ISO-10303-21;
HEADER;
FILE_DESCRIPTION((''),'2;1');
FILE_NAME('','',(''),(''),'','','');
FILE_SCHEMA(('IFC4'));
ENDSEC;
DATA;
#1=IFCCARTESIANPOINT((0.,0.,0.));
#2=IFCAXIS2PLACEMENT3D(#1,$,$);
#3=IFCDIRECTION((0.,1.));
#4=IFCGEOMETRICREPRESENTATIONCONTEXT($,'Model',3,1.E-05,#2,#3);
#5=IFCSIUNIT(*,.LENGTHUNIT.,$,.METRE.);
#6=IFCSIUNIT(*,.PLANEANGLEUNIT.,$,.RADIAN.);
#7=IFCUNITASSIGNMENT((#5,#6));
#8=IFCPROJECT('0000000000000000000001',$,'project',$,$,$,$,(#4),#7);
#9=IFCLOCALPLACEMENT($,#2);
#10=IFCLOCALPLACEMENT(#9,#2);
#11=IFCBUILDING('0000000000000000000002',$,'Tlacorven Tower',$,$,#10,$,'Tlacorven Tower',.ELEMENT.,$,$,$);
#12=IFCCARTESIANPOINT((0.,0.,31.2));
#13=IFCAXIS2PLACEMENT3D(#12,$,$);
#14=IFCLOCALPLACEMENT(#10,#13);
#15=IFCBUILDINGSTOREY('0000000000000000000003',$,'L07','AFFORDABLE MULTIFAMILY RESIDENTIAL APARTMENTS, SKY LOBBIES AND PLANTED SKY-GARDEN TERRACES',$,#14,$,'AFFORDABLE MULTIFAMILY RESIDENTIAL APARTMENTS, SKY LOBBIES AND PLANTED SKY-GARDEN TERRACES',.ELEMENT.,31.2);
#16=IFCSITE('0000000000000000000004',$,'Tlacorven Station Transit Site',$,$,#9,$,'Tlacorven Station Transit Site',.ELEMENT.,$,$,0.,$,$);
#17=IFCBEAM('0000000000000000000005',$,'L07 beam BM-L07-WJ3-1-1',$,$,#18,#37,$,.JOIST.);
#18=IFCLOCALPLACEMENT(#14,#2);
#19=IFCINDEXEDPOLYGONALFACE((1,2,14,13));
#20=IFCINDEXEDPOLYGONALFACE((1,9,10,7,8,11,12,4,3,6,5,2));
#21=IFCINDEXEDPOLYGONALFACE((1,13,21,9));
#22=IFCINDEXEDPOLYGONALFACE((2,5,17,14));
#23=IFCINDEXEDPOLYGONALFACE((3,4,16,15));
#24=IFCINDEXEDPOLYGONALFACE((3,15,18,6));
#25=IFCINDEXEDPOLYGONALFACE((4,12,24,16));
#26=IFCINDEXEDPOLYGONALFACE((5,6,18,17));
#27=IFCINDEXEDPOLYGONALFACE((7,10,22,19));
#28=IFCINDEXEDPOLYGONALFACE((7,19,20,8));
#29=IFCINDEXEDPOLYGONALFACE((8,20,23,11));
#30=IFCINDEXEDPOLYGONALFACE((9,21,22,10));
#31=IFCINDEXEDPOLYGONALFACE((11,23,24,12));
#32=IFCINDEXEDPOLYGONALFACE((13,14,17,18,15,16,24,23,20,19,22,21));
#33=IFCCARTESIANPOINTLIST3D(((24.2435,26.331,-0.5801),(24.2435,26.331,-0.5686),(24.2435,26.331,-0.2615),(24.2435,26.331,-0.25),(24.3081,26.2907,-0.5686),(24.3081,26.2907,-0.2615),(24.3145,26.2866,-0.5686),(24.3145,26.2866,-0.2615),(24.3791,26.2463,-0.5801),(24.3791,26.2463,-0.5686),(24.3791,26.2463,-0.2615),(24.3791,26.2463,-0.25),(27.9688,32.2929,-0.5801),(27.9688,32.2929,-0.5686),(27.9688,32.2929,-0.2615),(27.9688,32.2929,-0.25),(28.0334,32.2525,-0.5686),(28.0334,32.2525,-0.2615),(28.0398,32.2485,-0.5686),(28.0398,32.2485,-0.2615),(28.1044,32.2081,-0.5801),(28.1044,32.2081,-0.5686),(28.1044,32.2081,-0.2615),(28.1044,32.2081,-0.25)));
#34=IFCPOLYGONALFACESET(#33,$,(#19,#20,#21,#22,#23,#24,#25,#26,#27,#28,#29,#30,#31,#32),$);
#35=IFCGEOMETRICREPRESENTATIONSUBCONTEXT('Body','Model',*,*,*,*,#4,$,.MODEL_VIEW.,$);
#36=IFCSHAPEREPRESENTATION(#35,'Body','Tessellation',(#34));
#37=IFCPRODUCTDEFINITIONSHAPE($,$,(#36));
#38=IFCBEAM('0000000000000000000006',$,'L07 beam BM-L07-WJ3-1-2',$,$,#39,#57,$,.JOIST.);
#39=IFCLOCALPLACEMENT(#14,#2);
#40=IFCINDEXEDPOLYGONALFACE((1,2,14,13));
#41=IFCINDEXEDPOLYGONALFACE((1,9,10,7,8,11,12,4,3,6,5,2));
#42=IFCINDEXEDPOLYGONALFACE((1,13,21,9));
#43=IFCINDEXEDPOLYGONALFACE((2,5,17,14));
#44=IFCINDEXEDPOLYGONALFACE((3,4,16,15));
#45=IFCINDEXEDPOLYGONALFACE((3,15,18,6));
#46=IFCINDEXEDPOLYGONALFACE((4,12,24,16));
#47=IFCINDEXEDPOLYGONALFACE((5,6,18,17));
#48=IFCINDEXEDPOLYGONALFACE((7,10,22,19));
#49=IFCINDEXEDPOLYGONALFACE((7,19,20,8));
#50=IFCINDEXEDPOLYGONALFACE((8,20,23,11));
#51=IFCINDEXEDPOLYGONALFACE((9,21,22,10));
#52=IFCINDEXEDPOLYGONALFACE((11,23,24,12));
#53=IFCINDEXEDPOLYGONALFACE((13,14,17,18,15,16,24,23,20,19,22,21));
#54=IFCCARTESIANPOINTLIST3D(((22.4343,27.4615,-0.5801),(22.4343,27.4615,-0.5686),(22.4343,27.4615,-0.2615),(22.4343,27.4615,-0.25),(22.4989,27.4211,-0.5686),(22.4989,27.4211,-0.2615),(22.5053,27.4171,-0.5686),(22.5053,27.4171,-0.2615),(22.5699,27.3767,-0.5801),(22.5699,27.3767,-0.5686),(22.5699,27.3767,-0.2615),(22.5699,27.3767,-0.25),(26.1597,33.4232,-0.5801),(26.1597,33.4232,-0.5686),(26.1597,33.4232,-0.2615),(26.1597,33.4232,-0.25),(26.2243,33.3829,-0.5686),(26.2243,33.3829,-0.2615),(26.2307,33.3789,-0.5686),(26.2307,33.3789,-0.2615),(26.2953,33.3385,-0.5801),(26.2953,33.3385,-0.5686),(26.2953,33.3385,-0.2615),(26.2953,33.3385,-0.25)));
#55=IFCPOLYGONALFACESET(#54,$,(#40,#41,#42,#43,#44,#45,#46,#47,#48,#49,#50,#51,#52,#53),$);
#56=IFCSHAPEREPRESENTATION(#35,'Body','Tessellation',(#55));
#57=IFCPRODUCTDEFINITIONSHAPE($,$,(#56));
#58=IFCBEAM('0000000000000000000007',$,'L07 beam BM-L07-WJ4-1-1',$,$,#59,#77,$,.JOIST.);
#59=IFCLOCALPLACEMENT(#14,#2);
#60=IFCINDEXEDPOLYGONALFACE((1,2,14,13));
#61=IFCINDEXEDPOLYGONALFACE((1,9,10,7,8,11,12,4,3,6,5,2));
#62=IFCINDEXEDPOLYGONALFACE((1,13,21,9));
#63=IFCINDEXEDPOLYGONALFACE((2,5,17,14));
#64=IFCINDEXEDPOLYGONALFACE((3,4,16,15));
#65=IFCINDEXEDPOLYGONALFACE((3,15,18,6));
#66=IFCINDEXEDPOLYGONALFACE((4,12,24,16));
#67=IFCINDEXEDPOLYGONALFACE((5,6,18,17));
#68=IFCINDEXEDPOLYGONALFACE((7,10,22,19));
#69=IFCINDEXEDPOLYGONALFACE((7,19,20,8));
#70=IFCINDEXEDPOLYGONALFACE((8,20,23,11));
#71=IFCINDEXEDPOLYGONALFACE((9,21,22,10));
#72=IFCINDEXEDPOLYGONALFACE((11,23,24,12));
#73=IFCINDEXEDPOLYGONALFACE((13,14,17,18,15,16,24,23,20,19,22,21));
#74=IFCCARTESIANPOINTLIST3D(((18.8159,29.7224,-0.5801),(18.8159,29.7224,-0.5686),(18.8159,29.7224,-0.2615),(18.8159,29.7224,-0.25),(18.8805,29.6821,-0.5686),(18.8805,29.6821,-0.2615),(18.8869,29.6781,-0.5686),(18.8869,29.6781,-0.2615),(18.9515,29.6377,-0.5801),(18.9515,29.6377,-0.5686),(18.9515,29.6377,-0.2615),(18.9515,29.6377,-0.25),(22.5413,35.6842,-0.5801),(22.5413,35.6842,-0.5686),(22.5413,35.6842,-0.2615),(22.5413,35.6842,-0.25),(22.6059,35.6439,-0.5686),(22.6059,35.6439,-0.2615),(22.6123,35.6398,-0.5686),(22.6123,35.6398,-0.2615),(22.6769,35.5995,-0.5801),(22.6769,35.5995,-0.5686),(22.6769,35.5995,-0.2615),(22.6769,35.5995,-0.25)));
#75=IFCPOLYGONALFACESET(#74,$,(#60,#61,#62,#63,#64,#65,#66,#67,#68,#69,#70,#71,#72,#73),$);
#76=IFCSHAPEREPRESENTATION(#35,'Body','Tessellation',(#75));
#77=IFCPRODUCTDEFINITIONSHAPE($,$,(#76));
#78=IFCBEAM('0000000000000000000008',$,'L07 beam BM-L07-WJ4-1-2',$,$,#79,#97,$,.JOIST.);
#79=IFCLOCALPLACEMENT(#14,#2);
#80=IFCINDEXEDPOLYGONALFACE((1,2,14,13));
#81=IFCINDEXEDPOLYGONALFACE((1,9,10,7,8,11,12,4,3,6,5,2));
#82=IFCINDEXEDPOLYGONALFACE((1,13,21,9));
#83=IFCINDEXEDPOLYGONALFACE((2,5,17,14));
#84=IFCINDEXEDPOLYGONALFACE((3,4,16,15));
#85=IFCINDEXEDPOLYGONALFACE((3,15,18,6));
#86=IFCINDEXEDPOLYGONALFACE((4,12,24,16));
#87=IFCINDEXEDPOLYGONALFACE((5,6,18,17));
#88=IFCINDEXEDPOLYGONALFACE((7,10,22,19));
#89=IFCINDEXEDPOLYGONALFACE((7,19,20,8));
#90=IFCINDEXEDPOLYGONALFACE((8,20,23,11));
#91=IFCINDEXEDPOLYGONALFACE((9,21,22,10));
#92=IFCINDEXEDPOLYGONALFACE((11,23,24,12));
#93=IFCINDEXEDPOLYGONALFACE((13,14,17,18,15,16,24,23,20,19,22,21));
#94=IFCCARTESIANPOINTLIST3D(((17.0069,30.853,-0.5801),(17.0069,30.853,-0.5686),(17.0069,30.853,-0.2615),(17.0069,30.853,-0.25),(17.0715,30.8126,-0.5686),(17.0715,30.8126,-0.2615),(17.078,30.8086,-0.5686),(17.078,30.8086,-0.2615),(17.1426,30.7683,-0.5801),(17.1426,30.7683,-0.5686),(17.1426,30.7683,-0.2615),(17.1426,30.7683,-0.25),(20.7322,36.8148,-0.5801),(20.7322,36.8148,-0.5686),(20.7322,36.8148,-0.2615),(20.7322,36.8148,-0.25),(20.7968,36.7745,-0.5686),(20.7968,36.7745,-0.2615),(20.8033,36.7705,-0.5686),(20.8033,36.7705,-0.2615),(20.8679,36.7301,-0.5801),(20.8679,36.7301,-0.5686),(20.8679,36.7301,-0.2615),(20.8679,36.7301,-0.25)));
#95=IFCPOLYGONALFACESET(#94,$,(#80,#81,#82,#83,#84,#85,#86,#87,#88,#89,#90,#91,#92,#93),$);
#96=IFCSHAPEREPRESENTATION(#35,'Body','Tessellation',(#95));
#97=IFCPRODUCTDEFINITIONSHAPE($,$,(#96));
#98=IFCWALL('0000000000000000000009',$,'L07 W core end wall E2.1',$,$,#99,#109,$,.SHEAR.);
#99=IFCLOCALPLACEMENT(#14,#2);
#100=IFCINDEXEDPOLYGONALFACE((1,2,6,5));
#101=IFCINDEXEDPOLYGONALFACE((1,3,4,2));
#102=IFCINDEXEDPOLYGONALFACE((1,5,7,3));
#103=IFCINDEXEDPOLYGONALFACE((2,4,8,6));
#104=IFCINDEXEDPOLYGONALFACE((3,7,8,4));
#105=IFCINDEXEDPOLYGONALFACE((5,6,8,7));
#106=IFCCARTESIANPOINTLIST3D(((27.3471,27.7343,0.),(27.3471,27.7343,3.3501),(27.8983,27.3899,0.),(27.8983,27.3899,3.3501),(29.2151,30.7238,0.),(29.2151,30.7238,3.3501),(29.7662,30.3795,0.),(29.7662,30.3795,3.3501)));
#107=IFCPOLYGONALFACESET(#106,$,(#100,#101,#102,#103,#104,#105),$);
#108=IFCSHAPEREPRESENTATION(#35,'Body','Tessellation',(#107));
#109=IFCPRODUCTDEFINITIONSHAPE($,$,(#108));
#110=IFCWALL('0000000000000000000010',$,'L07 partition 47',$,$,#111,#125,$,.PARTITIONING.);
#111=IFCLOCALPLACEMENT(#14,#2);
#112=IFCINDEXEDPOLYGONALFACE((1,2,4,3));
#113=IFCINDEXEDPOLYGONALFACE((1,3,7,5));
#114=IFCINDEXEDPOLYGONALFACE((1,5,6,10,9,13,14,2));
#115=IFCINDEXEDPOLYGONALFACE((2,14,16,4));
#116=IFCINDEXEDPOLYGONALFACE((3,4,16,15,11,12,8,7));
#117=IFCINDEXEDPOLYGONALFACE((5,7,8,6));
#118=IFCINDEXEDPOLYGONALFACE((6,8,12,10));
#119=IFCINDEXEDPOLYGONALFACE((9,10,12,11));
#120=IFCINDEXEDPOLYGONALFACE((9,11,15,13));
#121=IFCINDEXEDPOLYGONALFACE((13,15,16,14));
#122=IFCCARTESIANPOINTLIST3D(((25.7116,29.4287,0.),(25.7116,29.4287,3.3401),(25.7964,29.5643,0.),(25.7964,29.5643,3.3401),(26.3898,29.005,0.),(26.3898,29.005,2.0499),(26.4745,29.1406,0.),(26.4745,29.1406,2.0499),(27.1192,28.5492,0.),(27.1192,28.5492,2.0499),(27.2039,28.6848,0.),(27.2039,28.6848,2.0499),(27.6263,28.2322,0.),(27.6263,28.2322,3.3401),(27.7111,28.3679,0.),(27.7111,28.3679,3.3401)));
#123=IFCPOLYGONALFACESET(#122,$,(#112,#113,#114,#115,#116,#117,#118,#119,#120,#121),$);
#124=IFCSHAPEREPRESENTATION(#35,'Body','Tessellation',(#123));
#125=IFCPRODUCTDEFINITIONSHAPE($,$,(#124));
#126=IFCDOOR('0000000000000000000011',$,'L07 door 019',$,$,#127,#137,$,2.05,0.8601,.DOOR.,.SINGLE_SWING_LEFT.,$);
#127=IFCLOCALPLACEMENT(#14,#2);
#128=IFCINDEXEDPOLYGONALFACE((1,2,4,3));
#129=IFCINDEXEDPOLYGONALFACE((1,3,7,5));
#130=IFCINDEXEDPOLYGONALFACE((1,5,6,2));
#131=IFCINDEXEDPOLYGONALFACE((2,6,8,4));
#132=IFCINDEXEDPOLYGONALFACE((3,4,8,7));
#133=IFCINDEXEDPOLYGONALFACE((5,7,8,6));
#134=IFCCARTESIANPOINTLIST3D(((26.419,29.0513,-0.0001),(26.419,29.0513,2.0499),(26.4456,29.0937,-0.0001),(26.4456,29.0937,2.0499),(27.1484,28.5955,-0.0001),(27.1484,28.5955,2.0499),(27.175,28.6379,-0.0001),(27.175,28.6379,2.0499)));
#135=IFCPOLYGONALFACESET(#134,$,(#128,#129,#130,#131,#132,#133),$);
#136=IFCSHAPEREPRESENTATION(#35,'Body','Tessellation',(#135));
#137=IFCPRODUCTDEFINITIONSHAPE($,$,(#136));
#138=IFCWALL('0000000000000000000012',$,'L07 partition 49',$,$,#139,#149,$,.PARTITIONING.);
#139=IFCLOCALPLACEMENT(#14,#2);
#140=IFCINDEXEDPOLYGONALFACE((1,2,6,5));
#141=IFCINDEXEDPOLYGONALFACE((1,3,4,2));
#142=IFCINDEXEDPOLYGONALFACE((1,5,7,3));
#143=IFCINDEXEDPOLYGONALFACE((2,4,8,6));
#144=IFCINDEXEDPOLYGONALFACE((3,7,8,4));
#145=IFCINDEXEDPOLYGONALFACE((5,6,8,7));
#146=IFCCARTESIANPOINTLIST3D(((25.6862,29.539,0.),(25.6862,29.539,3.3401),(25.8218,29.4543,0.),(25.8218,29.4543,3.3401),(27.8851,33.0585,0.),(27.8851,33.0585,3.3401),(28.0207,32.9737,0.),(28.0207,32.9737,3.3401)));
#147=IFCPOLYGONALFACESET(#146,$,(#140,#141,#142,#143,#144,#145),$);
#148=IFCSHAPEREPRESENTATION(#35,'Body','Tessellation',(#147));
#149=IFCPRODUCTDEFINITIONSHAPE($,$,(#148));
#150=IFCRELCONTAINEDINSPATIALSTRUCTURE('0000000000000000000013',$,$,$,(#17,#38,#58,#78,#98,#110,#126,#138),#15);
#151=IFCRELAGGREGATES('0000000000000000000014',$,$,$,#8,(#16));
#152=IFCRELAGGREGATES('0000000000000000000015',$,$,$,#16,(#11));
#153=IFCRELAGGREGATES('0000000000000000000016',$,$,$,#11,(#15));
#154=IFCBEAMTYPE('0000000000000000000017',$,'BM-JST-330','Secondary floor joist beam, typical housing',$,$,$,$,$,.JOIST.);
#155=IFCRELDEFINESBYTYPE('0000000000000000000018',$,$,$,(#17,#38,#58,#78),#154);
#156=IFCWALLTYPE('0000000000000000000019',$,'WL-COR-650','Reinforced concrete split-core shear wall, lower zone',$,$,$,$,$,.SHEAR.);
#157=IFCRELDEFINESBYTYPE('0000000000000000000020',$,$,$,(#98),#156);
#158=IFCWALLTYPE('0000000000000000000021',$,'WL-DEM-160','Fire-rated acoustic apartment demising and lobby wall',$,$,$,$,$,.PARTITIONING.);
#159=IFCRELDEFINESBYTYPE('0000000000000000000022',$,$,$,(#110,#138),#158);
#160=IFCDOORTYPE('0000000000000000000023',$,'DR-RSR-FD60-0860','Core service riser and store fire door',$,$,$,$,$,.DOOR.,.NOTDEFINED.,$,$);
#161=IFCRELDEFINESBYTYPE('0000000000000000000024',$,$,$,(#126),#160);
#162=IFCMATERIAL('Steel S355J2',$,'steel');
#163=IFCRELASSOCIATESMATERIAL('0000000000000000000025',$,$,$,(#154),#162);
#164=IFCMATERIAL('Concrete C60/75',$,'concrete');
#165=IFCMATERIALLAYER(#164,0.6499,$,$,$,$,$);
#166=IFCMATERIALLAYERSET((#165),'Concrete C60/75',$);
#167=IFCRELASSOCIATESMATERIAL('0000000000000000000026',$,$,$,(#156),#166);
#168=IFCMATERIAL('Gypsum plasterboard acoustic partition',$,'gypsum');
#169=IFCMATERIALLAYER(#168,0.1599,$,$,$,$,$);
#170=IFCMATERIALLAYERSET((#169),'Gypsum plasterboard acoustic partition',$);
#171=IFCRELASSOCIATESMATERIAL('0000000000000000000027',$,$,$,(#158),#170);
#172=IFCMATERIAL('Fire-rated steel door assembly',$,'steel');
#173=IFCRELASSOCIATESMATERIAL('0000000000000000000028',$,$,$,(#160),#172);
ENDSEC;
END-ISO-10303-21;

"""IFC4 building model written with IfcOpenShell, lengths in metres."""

from ifc_helpers import new_model, si_unit, direction, frame, frame_2d, origin, origin_2d, place, context, subcontext, project, spatial, rectangle, i_section, extrude, source, transform, mapped, material, layer, layer_set, material_profile, profile_set, type_object, element, fill, save


model = new_model("IFC4")

# Units and contexts
model_context = context("Model", 3, precision=1e-05, world=origin(), true_north=direction((0.0, 1.0)))
body_context = subcontext(model_context, "Body", "Model", "MODEL_VIEW")
ifc_project = project(units=[si_unit("LENGTHUNIT", "METRE"), si_unit("PLANEANGLEUNIT", "RADIAN")], contexts=[model_context])

# Site, building, storey
site_placement = place(None, origin())
site = spatial("IfcSite", under=ifc_project, at=site_placement, Name="Tlacorven Station Transit Site", LongName="Tlacorven Station Transit Site", CompositionType="ELEMENT", RefElevation=0.0)
building_placement = place(site_placement, origin())
building = spatial("IfcBuilding", under=site, at=building_placement, Name="Tlacorven Tower", LongName="Tlacorven Tower", CompositionType="ELEMENT")
storey_placement = place(building_placement, frame((0.0, 0.0, 31.2)))
storey = spatial("IfcBuildingStorey", under=building, at=storey_placement, Name="L07", Description="AFFORDABLE MULTIFAMILY RESIDENTIAL APARTMENTS, SKY LOBBIES AND PLANTED SKY-GARDEN TERRACES", LongName="AFFORDABLE MULTIFAMILY RESIDENTIAL APARTMENTS, SKY LOBBIES AND PLANTED SKY-GARDEN TERRACES", CompositionType="ELEMENT", Elevation=31.2)

# Beams
ifc_material_1 = material(Name="Steel S355J2", Category="steel")
ifc_material_profile_1 = material_profile(ifc_material_1, i_section(OverallWidth=0.1599, OverallDepth=0.3301, WebThickness=0.0076, FlangeThickness=0.0115, at=origin_2d()), Name="IPE 330")
ifc_profile_set_1 = profile_set([ifc_material_profile_1], Name="Steel S355J2")
beam_type_1 = type_object("IfcBeamType", Name="BM-JST-330", Description="Secondary floor joist beam, typical housing", PredefinedType="JOIST", material=ifc_profile_set_1)
shared_shape_1 = source(origin(), body_context, "Body", "SweptSolid", [
    extrude(i_section(OverallWidth=0.1599, OverallDepth=0.3301, WebThickness=0.0076, FlangeThickness=0.0115, at=origin_2d()), origin(), (0.0, 0.0, 1.0), 7.03),
])
for number, where, z_axis, x_axis, name in (
    (1, (28.0366, 32.2505, -0.415), (-0.529912, -0.848053, 0.0), (0.848053, -0.529912, 0.0), "L07 beam BM-L07-WJ3-1-1"),
    (2, (26.2275, 33.3809, -0.415), (-0.529927, -0.848043, 0.0), (0.848043, -0.529927, 0.0), "L07 beam BM-L07-WJ3-1-2"),
    (3, (22.6091, 35.6418, -0.415), (-0.529927, -0.848043, 0.0), (0.848043, -0.529927, 0.0), "L07 beam BM-L07-WJ4-1-1"),
    (4, (20.8, 36.7725, -0.415), (-0.529912, -0.848053, 0.0), (0.848053, -0.529912, 0.0), "L07 beam BM-L07-WJ4-1-2"),
):
    element("IfcBeam", number, at=place(storey_placement, frame(where, z_axis=z_axis, x_axis=x_axis)), inside=storey, type_object=beam_type_1, Name=name, PredefinedType="JOIST", context=body_context, shape_type="MappedRepresentation", body=[
        mapped(shared_shape_1, transform((0.0, 0.0, 0.0), scale=1.0)),
    ])

# Wall
ifc_material_2 = material(Name="Concrete C60/75", Category="concrete")
ifc_layer_1 = layer(ifc_material_2, 0.6499)
ifc_layer_set_1 = layer_set([ifc_layer_1], Name="Concrete C60/75")
wall_type_1 = type_object("IfcWallType", Name="WL-COR-650", Description="Reinforced concrete split-core shear wall, lower zone", PredefinedType="SHEAR", material=ifc_layer_set_1)
wall_1_placement = place(storey_placement, frame((29.4907, 30.5518, 0.0), z_axis=(0.0, 0.0, 1.0), x_axis=(-0.529893, -0.848064, 0.0)))
element("IfcWall", 5, at=wall_1_placement, inside=storey, type_object=wall_type_1, Name="L07 W core end wall E2.1", PredefinedType="SHEAR", context=body_context, shape_type="SweptSolid", body=[
    extrude(rectangle(XDim=3.5251, YDim=0.6499, at=frame_2d((1.7627, 0.0))), origin(), (0.0, 0.0, 1.0), 3.3501),
])

# Wall, opening, door
ifc_material_3 = material(Name="Gypsum plasterboard acoustic partition", Category="gypsum")
ifc_layer_2 = layer(ifc_material_3, 0.1599)
ifc_layer_set_2 = layer_set([ifc_layer_2], Name="Gypsum plasterboard acoustic partition")
wall_type_2 = type_object("IfcWallType", Name="WL-DEM-160", Description="Fire-rated acoustic apartment demising and lobby wall", PredefinedType="PARTITIONING", material=ifc_layer_set_2)
wall_2_placement = place(storey_placement, frame((27.6687, 28.3, 0.0), z_axis=(0.0, 0.0, 1.0), x_axis=(-0.848041, 0.529931, 0.0)))
wall_2 = element("IfcWall", 6, at=wall_2_placement, inside=storey, type_object=wall_type_2, Name="L07 partition 47", PredefinedType="PARTITIONING", context=body_context, shape_type="SweptSolid", body=[
    extrude(rectangle(XDim=2.2578, YDim=0.1599, at=frame_2d((1.1289, 0.0))), origin(), (0.0, 0.0, 1.0), 3.3401),
])
opening_1_placement = place(wall_2_placement, frame((0.5979, 0.0, 0.0)))
opening_1 = element("IfcOpeningElement", 7, at=opening_1_placement, cuts=wall_2, PredefinedType="OPENING", context=body_context, shape_type="SweptSolid", body=[
    extrude(rectangle(XDim=0.8601, YDim=2.05, at=frame_2d((0.4302, 1.0249))), frame((0.0, 0.0898, 0.0), z_axis=(0.0, -1.0, 0.0), x_axis=(1.0, 0.0, 0.0)), (0.0, 0.0, 1.0), 0.1799),
])
ifc_material_4 = material(Name="Fire-rated steel door assembly", Category="steel")
door_type_1 = type_object("IfcDoorType", Name="DR-RSR-FD60-0860", Description="Core service riser and store fire door", OperationType="NOTDEFINED", PredefinedType="DOOR", material=ifc_material_4)
shared_shape_2 = source(origin(), body_context, "Body", "SweptSolid", [
    extrude(rectangle(XDim=0.8601, YDim=2.05, at=frame_2d((0.4302, 1.0249))), frame((0.0, 0.0249, 0.0), z_axis=(0.0, -1.0, 0.0), x_axis=(1.0, 0.0, 0.0)), (0.0, 0.0, 1.0), 0.05),
])
door_1_placement = place(opening_1_placement, frame((0.8601, 0.0, 0.0), z_axis=(0.0, 0.0, 1.0), x_axis=(-1.0, 0.0, 0.0)))
door_1 = element("IfcDoor", 8, at=door_1_placement, inside=storey, type_object=door_type_1, Name="L07 door 019", OperationType="SINGLE_SWING_LEFT", OverallHeight=2.05, OverallWidth=0.8601, PredefinedType="DOOR", context=body_context, shape_type="MappedRepresentation", body=[
    mapped(shared_shape_2, transform((0.0, 0.0, 0.0), scale=1.0)),
])
fill(opening_1, door_1)

# Wall
wall_3_placement = place(storey_placement, frame((27.9529, 33.0161, 0.0), z_axis=(0.0, 0.0, 1.0), x_axis=(-0.529872, -0.848078, 0.0)))
element("IfcWall", 9, at=wall_3_placement, inside=storey, type_object=wall_type_2, Name="L07 partition 49", PredefinedType="PARTITIONING", context=body_context, shape_type="SweptSolid", body=[
    extrude(rectangle(XDim=4.1499, YDim=0.1599, at=frame_2d((2.075, 0.0))), origin(), (0.0, 0.0, 1.0), 3.3401),
])

save(model, "model.ifc")
